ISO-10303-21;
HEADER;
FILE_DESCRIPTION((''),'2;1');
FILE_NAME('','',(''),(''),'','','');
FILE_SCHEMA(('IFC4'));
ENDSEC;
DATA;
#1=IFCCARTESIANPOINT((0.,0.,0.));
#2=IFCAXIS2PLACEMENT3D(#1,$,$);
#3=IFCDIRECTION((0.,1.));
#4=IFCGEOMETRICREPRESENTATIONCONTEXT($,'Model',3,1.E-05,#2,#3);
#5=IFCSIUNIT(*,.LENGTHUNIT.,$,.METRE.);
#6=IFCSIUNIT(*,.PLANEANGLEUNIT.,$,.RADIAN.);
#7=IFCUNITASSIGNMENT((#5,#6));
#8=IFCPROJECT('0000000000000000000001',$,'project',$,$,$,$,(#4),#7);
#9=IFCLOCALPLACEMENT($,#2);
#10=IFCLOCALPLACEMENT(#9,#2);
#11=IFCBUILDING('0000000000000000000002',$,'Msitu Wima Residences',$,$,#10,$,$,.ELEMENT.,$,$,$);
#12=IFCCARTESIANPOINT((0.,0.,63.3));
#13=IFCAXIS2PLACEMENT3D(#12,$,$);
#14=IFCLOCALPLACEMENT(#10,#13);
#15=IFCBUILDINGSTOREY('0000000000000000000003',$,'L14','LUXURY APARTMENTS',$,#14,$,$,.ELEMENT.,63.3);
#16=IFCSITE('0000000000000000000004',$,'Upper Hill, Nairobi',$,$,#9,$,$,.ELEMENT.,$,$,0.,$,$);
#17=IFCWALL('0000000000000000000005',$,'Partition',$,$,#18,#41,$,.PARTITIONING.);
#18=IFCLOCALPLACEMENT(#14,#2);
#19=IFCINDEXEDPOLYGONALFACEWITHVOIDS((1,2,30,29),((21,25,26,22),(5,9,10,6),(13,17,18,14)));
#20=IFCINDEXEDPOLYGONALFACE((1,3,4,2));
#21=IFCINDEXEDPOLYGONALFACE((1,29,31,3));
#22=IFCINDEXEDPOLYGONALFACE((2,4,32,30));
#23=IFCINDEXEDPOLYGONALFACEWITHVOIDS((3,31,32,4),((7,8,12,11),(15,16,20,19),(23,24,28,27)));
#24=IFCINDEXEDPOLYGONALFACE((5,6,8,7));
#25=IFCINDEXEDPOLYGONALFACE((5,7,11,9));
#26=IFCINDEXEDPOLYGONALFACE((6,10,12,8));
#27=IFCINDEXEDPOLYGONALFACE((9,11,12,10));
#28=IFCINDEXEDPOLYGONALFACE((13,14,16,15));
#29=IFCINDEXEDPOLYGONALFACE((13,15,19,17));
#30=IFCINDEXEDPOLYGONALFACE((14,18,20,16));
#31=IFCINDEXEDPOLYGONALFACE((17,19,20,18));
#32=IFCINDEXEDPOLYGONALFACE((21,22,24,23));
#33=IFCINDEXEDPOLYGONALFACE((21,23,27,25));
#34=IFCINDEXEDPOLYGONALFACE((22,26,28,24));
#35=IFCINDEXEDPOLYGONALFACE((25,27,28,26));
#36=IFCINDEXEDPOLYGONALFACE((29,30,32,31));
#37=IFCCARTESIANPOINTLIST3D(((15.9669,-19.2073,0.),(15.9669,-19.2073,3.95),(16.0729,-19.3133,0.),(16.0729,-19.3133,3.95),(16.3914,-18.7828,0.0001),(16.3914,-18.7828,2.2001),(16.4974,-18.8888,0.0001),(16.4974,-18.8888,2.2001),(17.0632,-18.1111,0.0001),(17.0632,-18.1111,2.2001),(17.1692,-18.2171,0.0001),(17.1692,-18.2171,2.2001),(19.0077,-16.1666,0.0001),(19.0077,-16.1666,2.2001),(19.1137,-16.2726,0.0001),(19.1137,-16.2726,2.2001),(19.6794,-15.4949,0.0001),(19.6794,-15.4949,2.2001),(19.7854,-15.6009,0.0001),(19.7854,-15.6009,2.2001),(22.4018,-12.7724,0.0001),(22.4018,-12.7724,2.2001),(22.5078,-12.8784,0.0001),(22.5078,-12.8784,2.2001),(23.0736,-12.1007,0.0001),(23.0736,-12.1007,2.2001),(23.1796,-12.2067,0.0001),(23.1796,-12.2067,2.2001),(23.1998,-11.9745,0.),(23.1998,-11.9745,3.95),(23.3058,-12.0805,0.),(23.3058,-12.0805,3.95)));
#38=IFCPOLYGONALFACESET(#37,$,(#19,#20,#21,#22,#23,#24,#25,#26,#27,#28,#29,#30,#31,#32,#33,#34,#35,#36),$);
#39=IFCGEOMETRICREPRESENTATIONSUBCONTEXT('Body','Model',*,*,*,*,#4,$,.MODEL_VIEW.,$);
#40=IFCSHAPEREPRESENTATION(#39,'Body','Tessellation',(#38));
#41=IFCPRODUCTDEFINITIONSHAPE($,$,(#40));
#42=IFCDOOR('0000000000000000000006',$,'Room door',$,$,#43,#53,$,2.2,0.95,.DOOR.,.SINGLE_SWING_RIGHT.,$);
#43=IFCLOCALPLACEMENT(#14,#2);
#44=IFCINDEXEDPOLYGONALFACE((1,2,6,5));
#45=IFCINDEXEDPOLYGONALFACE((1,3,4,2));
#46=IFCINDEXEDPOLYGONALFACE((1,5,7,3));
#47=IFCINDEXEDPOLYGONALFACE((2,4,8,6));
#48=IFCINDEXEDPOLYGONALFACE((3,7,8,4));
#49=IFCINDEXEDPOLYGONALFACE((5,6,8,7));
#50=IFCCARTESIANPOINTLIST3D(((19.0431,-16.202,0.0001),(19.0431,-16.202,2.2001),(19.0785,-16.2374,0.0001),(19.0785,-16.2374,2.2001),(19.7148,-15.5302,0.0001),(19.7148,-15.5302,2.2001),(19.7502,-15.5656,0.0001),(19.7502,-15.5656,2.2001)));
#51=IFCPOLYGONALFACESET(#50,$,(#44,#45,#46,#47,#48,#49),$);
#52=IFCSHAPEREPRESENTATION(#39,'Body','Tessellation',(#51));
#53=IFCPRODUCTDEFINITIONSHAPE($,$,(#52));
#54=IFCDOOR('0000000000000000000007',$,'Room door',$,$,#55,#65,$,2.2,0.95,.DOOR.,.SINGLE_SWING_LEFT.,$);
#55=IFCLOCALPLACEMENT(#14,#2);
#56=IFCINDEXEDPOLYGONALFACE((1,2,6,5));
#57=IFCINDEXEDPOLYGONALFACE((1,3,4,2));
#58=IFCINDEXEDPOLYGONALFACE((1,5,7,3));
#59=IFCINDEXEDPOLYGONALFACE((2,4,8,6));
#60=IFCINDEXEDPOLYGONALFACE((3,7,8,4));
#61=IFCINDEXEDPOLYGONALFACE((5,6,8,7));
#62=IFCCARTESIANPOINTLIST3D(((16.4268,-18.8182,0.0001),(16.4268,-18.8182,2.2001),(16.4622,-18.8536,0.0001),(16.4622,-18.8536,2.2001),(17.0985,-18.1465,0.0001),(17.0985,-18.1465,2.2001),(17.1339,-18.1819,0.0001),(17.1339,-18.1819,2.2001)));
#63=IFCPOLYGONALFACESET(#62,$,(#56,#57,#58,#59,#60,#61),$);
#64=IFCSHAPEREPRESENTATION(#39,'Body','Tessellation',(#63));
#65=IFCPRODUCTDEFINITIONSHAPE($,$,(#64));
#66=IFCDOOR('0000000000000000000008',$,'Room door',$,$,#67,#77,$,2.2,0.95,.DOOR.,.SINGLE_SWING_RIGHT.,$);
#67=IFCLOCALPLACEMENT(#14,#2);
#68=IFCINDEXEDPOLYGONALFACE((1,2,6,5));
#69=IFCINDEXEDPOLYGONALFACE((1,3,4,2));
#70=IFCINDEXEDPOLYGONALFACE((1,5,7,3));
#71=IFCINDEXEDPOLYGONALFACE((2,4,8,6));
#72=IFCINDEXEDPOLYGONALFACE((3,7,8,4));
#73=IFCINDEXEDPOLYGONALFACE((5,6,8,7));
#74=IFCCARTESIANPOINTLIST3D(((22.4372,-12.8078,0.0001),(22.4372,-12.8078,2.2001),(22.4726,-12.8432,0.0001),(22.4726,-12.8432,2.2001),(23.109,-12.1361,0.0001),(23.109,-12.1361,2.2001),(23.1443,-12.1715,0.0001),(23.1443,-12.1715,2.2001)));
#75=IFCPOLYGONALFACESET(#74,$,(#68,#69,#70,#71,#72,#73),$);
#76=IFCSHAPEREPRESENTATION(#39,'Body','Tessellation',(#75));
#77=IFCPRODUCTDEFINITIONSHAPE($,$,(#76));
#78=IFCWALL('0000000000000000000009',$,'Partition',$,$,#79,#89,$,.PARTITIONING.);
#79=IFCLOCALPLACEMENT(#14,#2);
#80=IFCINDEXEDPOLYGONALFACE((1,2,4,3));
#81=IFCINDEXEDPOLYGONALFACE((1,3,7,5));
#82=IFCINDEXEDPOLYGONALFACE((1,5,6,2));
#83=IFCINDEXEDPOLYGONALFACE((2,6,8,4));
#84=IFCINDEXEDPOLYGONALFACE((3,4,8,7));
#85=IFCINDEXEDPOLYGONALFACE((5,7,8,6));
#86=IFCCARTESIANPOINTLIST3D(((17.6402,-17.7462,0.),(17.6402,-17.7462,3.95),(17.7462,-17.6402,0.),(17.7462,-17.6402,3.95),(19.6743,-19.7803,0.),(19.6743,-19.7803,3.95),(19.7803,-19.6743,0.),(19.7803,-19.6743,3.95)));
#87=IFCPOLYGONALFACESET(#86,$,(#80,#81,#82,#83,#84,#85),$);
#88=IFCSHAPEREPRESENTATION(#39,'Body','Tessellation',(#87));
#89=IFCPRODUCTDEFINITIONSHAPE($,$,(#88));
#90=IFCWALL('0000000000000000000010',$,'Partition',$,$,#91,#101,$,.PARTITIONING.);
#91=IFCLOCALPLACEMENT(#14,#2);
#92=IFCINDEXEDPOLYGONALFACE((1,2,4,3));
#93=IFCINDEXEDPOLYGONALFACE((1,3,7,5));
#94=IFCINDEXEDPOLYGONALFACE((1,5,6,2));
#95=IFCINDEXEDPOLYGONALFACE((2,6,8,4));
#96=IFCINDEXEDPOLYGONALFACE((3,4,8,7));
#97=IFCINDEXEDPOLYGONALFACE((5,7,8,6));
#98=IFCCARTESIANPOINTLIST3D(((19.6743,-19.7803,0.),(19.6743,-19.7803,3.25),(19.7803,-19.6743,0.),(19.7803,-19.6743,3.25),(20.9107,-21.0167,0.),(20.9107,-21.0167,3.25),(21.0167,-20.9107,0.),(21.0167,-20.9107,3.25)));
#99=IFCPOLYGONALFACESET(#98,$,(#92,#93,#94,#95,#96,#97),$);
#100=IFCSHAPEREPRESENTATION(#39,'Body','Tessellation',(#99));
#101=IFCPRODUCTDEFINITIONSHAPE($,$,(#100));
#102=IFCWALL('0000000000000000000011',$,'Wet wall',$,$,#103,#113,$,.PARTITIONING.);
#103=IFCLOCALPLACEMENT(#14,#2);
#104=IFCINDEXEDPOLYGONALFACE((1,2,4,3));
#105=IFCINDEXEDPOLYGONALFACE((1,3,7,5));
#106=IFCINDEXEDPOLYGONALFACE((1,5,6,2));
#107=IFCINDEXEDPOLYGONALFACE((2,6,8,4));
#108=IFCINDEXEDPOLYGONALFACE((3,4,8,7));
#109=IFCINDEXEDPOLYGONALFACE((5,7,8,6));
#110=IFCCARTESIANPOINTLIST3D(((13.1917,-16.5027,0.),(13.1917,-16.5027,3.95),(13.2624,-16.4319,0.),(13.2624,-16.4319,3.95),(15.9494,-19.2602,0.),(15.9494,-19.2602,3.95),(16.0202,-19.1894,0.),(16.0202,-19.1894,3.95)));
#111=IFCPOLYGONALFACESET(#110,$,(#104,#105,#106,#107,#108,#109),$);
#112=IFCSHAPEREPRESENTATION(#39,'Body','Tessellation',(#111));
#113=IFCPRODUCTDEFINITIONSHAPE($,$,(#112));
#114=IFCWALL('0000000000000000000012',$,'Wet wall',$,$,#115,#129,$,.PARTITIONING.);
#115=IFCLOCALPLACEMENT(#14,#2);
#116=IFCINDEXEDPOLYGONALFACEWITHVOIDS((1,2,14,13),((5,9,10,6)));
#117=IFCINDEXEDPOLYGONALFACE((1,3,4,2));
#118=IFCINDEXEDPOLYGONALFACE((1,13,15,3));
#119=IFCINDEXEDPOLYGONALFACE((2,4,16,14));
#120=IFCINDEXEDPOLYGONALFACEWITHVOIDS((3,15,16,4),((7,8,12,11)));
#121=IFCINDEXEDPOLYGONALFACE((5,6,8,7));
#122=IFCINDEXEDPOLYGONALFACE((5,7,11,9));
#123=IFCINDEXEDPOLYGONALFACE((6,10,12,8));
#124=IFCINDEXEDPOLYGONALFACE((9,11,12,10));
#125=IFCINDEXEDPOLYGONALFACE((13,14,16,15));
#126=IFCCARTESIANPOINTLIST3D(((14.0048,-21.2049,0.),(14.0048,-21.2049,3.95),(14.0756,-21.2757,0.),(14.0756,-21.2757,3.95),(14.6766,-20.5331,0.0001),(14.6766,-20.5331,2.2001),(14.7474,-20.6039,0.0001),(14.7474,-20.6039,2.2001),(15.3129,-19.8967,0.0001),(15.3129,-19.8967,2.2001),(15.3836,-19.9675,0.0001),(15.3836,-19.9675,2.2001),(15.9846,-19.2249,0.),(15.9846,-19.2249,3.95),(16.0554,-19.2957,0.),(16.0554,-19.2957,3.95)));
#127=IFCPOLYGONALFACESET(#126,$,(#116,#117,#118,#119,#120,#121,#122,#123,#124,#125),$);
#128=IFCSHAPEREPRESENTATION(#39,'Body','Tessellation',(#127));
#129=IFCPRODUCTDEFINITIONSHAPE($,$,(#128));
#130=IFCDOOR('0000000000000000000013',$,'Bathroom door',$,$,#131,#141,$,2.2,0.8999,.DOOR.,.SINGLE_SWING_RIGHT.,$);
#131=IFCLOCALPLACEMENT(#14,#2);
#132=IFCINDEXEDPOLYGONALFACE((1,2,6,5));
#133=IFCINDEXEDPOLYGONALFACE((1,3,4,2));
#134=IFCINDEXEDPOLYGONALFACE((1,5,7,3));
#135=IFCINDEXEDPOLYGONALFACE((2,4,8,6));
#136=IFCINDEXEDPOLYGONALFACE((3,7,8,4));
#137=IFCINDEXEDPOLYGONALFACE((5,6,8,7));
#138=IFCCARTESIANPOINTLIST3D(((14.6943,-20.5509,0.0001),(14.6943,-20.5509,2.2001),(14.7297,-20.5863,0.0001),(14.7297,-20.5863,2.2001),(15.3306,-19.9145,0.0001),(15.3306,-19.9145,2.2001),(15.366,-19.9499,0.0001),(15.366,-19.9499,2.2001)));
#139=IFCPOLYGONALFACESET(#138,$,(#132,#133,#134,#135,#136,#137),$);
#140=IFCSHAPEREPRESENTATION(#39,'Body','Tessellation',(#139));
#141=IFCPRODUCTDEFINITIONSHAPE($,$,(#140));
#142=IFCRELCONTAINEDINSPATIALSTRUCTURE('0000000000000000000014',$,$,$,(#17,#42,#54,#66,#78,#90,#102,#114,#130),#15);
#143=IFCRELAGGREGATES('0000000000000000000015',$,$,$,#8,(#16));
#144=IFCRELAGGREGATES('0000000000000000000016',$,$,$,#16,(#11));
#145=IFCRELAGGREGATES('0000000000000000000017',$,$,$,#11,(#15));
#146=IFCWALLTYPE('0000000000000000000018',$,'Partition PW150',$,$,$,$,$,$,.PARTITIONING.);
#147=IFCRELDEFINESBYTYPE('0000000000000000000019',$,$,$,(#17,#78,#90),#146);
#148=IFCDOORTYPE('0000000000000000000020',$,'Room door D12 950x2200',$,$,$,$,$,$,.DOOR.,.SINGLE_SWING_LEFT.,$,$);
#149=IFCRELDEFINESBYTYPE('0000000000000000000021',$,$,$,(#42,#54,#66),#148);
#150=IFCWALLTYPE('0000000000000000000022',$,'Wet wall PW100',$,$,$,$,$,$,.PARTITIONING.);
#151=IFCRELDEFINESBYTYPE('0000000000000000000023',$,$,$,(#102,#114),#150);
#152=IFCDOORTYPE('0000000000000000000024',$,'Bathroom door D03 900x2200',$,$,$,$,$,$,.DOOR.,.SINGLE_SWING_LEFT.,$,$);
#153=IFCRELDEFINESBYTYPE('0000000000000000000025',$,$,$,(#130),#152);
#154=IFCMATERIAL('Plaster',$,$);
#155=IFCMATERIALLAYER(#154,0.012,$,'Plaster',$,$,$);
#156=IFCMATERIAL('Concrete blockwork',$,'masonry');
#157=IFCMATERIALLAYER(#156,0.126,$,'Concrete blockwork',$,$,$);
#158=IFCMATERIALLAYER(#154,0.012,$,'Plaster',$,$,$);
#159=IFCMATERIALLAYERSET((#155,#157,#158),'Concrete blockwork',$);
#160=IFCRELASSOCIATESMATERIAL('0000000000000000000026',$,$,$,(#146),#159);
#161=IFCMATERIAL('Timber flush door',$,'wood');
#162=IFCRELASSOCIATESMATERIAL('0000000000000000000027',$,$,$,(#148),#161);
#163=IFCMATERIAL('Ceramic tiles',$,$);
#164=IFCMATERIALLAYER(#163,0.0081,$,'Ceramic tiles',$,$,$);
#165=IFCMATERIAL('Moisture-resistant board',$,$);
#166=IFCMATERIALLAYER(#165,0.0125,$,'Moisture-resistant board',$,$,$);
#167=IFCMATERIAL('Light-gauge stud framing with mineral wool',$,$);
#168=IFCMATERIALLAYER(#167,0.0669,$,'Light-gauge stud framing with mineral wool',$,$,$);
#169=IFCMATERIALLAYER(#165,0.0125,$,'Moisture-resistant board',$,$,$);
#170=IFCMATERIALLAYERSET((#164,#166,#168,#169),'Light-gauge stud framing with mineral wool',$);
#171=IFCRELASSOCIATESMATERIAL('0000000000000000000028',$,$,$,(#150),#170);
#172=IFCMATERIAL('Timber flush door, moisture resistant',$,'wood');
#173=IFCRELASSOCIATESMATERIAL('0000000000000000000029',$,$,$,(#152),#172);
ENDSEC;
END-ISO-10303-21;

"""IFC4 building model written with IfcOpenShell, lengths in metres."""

from ifc_helpers import new_model, si_unit, direction, frame, frame_2d, origin, place, context, subcontext, project, spatial, rectangle, extrude, material, layer, layer_set, type_object, element, fill, save


model = new_model("IFC4")

# Units and contexts
model_context = context("Model", 3, precision=1e-05, world=origin(), true_north=direction((0.0, 1.0)))
body_context = subcontext(model_context, "Body", "Model", "MODEL_VIEW")
ifc_project = project(units=[si_unit("LENGTHUNIT", "METRE"), si_unit("PLANEANGLEUNIT", "RADIAN")], contexts=[model_context])

# Site, building, storey
site_placement = place(None, origin())
site = spatial("IfcSite", under=ifc_project, at=site_placement, Name="Upper Hill, Nairobi", CompositionType="ELEMENT", RefElevation=0.0)
building_placement = place(site_placement, origin())
building = spatial("IfcBuilding", under=site, at=building_placement, Name="Msitu Wima Residences", CompositionType="ELEMENT")
storey_placement = place(building_placement, frame((0.0, 0.0, 63.3)))
storey = spatial("IfcBuildingStorey", under=building, at=storey_placement, Name="L14", Description="LUXURY APARTMENTS", CompositionType="ELEMENT", Elevation=63.3)

# Shared definitions
ifc_material_1 = material(Name="Plaster")
ifc_material_2 = material(Name="Concrete blockwork", Category="masonry")

# Shared definitions
ifc_layer_1 = layer(ifc_material_1, 0.012, Name="Plaster")
ifc_layer_2 = layer(ifc_material_2, 0.126, Name="Concrete blockwork")
ifc_layer_3 = layer(ifc_material_1, 0.012, Name="Plaster")
ifc_layer_set_1 = layer_set([ifc_layer_1, ifc_layer_2, ifc_layer_3], Name="Concrete blockwork")
wall_type_1 = type_object("IfcWallType", Name="Partition PW150", PredefinedType="PARTITIONING", material=ifc_layer_set_1)

# Wall, openings, doors
wall_1_placement = place(storey_placement, frame((16.02, -19.2603, 0.0), z_axis=(0.0, 0.0, 1.0), x_axis=(0.707107, 0.707107, 0.0)))
wall_1 = element("IfcWall", 1, at=wall_1_placement, inside=storey, type_object=wall_type_1, Name="Partition", PredefinedType="PARTITIONING", context=body_context, shape_type="SweptSolid", body=[
    extrude(rectangle(XDim=10.2288, YDim=0.1499, at=frame_2d((5.1143, 0.0))), origin(), (0.0, 0.0, 1.0), 3.95),
])
opening_1_placement = place(wall_1_placement, frame((4.3, 0.0, 0.0)))
opening_1 = element("IfcOpeningElement", 2, at=opening_1_placement, cuts=wall_1, PredefinedType="OPENING", context=body_context, shape_type="SweptSolid", body=[
    extrude(rectangle(XDim=0.95, YDim=2.2, at=frame_2d((0.4751, 1.1001))), frame((0.0, 0.085, 0.0), z_axis=(0.0, -1.0, 0.0), x_axis=(1.0, 0.0, 0.0)), (0.0, 0.0, 1.0), 0.1699),
])
opening_2_placement = place(wall_1_placement, frame((0.6001, 0.0, 0.0)))
opening_2 = element("IfcOpeningElement", 3, at=opening_2_placement, cuts=wall_1, PredefinedType="OPENING", context=body_context, shape_type="SweptSolid", body=[
    extrude(rectangle(XDim=0.95, YDim=2.2, at=frame_2d((0.4751, 1.1001))), frame((0.0, 0.085, 0.0), z_axis=(0.0, -1.0, 0.0), x_axis=(1.0, 0.0, 0.0)), (0.0, 0.0, 1.0), 0.1699),
])
opening_3_placement = place(wall_1_placement, frame((9.1001, 0.0, 0.0)))
opening_3 = element("IfcOpeningElement", 4, at=opening_3_placement, cuts=wall_1, PredefinedType="OPENING", context=body_context, shape_type="SweptSolid", body=[
    extrude(rectangle(XDim=0.95, YDim=2.2, at=frame_2d((0.4751, 1.1001))), frame((0.0, 0.085, 0.0), z_axis=(0.0, -1.0, 0.0), x_axis=(1.0, 0.0, 0.0)), (0.0, 0.0, 1.0), 0.1699),
])
ifc_material_3 = material(Name="Timber flush door", Category="wood")
door_type_1 = type_object("IfcDoorType", Name="Room door D12 950x2200", OperationType="SINGLE_SWING_LEFT", PredefinedType="DOOR", material=ifc_material_3)
door_1_placement = place(opening_1_placement, origin())
door_1 = element("IfcDoor", 5, at=door_1_placement, inside=storey, type_object=door_type_1, Name="Room door", OperationType="SINGLE_SWING_RIGHT", OverallHeight=2.2, OverallWidth=0.95, PredefinedType="DOOR", context=body_context, shape_type="SweptSolid", body=[
    extrude(rectangle(XDim=0.95, YDim=2.2, at=frame_2d((0.4751, 1.1001))), frame((0.0, 0.0249, 0.0), z_axis=(0.0, -1.0, 0.0), x_axis=(1.0, 0.0, 0.0)), (0.0, 0.0, 1.0), 0.05),
])
fill(opening_1, door_1)
door_2_placement = place(opening_2_placement, origin())
door_2 = element("IfcDoor", 6, at=door_2_placement, inside=storey, type_object=door_type_1, Name="Room door", OperationType="SINGLE_SWING_LEFT", OverallHeight=2.2, OverallWidth=0.95, PredefinedType="DOOR", context=body_context, shape_type="SweptSolid", body=[
    extrude(rectangle(XDim=0.95, YDim=2.2, at=frame_2d((0.4751, 1.1001))), frame((0.0, 0.0249, 0.0), z_axis=(0.0, -1.0, 0.0), x_axis=(1.0, 0.0, 0.0)), (0.0, 0.0, 1.0), 0.05),
])
fill(opening_2, door_2)
door_3_placement = place(opening_3_placement, origin())
door_3 = element("IfcDoor", 7, at=door_3_placement, inside=storey, type_object=door_type_1, Name="Room door", OperationType="SINGLE_SWING_RIGHT", OverallHeight=2.2, OverallWidth=0.95, PredefinedType="DOOR", context=body_context, shape_type="SweptSolid", body=[
    extrude(rectangle(XDim=0.95, YDim=2.2, at=frame_2d((0.4751, 1.1001))), frame((0.0, 0.0249, 0.0), z_axis=(0.0, -1.0, 0.0), x_axis=(1.0, 0.0, 0.0)), (0.0, 0.0, 1.0), 0.05),
])
fill(opening_3, door_3)

# Walls
wall_2_placement = place(storey_placement, frame((17.6931, -17.6931, 0.0), z_axis=(0.0, 0.0, 1.0), x_axis=(0.707107, -0.707107, 0.0)))
element("IfcWall", 8, at=wall_2_placement, inside=storey, type_object=wall_type_1, Name="Partition", PredefinedType="PARTITIONING", context=body_context, shape_type="SweptSolid", body=[
    extrude(rectangle(XDim=2.8767, YDim=0.1499, at=frame_2d((1.4385, 0.0))), origin(), (0.0, 0.0, 1.0), 3.95),
])
wall_3_placement = place(storey_placement, frame((19.7273, -19.7273, 0.0), z_axis=(0.0, 0.0, 1.0), x_axis=(0.707107, -0.707107, 0.0)))
element("IfcWall", 9, at=wall_3_placement, inside=storey, type_object=wall_type_1, Name="Partition", PredefinedType="PARTITIONING", context=body_context, shape_type="SweptSolid", body=[
    extrude(rectangle(XDim=1.7485, YDim=0.1499, at=frame_2d((0.8743, 0.0))), origin(), (0.0, 0.0, 1.0), 3.25),
])
ifc_material_4 = material(Name="Ceramic tiles")
ifc_layer_4 = layer(ifc_material_4, 0.0081, Name="Ceramic tiles")
ifc_material_5 = material(Name="Moisture-resistant board")
ifc_layer_5 = layer(ifc_material_5, 0.0125, Name="Moisture-resistant board")
ifc_material_6 = material(Name="Light-gauge stud framing with mineral wool")
ifc_layer_6 = layer(ifc_material_6, 0.0669, Name="Light-gauge stud framing with mineral wool")
ifc_layer_7 = layer(ifc_material_5, 0.0125, Name="Moisture-resistant board")
ifc_layer_set_2 = layer_set([ifc_layer_4, ifc_layer_5, ifc_layer_6, ifc_layer_7], Name="Light-gauge stud framing with mineral wool")
wall_type_2 = type_object("IfcWallType", Name="Wet wall PW100", PredefinedType="PARTITIONING", material=ifc_layer_set_2)
wall_4_placement = place(storey_placement, frame((13.2271, -16.4673, 0.0), z_axis=(0.0, 0.0, 1.0), x_axis=(0.707138, -0.707075, 0.0)))
element("IfcWall", 10, at=wall_4_placement, inside=storey, type_object=wall_type_2, Name="Wet wall", PredefinedType="PARTITIONING", context=body_context, shape_type="SweptSolid", body=[
    extrude(rectangle(XDim=3.8999, YDim=0.1001, at=frame_2d((1.95, 0.0))), origin(), (0.0, 0.0, 1.0), 3.95),
])

# Wall, opening, door
wall_5_placement = place(storey_placement, frame((14.0403, -21.2402, 0.0), z_axis=(0.0, 0.0, 1.0), x_axis=(0.707063, 0.70715, 0.0)))
wall_5 = element("IfcWall", 11, at=wall_5_placement, inside=storey, type_object=wall_type_2, Name="Wet wall", PredefinedType="PARTITIONING", context=body_context, shape_type="SweptSolid", body=[
    extrude(rectangle(XDim=2.8, YDim=0.1001, at=frame_2d((1.3999, 0.0))), origin(), (0.0, 0.0, 1.0), 3.95),
])
opening_4_placement = place(wall_5_placement, frame((0.95, 0.0, 0.0)))
opening_4 = element("IfcOpeningElement", 12, at=opening_4_placement, cuts=wall_5, PredefinedType="OPENING", context=body_context, shape_type="SweptSolid", body=[
    extrude(rectangle(XDim=0.8999, YDim=2.2, at=frame_2d((0.45, 1.1001))), frame((0.0, 0.0601, 0.0), z_axis=(0.0, -1.0, 0.0), x_axis=(1.0, 0.0, 0.0)), (0.0, 0.0, 1.0), 0.1201),
])
ifc_material_7 = material(Name="Timber flush door, moisture resistant", Category="wood")
door_type_2 = type_object("IfcDoorType", Name="Bathroom door D03 900x2200", OperationType="SINGLE_SWING_LEFT", PredefinedType="DOOR", material=ifc_material_7)
door_4_placement = place(opening_4_placement, origin())
door_4 = element("IfcDoor", 13, at=door_4_placement, inside=storey, type_object=door_type_2, Name="Bathroom door", OperationType="SINGLE_SWING_RIGHT", OverallHeight=2.2, OverallWidth=0.8999, PredefinedType="DOOR", context=body_context, shape_type="SweptSolid", body=[
    extrude(rectangle(XDim=0.8999, YDim=2.2, at=frame_2d((0.45, 1.1001))), frame((0.0, 0.0249, 0.0), z_axis=(0.0, -1.0, 0.0), x_axis=(1.0, 0.0, 0.0)), (0.0, 0.0, 1.0), 0.05),
])
fill(opening_4, door_4)

save(model, "model.ifc")
